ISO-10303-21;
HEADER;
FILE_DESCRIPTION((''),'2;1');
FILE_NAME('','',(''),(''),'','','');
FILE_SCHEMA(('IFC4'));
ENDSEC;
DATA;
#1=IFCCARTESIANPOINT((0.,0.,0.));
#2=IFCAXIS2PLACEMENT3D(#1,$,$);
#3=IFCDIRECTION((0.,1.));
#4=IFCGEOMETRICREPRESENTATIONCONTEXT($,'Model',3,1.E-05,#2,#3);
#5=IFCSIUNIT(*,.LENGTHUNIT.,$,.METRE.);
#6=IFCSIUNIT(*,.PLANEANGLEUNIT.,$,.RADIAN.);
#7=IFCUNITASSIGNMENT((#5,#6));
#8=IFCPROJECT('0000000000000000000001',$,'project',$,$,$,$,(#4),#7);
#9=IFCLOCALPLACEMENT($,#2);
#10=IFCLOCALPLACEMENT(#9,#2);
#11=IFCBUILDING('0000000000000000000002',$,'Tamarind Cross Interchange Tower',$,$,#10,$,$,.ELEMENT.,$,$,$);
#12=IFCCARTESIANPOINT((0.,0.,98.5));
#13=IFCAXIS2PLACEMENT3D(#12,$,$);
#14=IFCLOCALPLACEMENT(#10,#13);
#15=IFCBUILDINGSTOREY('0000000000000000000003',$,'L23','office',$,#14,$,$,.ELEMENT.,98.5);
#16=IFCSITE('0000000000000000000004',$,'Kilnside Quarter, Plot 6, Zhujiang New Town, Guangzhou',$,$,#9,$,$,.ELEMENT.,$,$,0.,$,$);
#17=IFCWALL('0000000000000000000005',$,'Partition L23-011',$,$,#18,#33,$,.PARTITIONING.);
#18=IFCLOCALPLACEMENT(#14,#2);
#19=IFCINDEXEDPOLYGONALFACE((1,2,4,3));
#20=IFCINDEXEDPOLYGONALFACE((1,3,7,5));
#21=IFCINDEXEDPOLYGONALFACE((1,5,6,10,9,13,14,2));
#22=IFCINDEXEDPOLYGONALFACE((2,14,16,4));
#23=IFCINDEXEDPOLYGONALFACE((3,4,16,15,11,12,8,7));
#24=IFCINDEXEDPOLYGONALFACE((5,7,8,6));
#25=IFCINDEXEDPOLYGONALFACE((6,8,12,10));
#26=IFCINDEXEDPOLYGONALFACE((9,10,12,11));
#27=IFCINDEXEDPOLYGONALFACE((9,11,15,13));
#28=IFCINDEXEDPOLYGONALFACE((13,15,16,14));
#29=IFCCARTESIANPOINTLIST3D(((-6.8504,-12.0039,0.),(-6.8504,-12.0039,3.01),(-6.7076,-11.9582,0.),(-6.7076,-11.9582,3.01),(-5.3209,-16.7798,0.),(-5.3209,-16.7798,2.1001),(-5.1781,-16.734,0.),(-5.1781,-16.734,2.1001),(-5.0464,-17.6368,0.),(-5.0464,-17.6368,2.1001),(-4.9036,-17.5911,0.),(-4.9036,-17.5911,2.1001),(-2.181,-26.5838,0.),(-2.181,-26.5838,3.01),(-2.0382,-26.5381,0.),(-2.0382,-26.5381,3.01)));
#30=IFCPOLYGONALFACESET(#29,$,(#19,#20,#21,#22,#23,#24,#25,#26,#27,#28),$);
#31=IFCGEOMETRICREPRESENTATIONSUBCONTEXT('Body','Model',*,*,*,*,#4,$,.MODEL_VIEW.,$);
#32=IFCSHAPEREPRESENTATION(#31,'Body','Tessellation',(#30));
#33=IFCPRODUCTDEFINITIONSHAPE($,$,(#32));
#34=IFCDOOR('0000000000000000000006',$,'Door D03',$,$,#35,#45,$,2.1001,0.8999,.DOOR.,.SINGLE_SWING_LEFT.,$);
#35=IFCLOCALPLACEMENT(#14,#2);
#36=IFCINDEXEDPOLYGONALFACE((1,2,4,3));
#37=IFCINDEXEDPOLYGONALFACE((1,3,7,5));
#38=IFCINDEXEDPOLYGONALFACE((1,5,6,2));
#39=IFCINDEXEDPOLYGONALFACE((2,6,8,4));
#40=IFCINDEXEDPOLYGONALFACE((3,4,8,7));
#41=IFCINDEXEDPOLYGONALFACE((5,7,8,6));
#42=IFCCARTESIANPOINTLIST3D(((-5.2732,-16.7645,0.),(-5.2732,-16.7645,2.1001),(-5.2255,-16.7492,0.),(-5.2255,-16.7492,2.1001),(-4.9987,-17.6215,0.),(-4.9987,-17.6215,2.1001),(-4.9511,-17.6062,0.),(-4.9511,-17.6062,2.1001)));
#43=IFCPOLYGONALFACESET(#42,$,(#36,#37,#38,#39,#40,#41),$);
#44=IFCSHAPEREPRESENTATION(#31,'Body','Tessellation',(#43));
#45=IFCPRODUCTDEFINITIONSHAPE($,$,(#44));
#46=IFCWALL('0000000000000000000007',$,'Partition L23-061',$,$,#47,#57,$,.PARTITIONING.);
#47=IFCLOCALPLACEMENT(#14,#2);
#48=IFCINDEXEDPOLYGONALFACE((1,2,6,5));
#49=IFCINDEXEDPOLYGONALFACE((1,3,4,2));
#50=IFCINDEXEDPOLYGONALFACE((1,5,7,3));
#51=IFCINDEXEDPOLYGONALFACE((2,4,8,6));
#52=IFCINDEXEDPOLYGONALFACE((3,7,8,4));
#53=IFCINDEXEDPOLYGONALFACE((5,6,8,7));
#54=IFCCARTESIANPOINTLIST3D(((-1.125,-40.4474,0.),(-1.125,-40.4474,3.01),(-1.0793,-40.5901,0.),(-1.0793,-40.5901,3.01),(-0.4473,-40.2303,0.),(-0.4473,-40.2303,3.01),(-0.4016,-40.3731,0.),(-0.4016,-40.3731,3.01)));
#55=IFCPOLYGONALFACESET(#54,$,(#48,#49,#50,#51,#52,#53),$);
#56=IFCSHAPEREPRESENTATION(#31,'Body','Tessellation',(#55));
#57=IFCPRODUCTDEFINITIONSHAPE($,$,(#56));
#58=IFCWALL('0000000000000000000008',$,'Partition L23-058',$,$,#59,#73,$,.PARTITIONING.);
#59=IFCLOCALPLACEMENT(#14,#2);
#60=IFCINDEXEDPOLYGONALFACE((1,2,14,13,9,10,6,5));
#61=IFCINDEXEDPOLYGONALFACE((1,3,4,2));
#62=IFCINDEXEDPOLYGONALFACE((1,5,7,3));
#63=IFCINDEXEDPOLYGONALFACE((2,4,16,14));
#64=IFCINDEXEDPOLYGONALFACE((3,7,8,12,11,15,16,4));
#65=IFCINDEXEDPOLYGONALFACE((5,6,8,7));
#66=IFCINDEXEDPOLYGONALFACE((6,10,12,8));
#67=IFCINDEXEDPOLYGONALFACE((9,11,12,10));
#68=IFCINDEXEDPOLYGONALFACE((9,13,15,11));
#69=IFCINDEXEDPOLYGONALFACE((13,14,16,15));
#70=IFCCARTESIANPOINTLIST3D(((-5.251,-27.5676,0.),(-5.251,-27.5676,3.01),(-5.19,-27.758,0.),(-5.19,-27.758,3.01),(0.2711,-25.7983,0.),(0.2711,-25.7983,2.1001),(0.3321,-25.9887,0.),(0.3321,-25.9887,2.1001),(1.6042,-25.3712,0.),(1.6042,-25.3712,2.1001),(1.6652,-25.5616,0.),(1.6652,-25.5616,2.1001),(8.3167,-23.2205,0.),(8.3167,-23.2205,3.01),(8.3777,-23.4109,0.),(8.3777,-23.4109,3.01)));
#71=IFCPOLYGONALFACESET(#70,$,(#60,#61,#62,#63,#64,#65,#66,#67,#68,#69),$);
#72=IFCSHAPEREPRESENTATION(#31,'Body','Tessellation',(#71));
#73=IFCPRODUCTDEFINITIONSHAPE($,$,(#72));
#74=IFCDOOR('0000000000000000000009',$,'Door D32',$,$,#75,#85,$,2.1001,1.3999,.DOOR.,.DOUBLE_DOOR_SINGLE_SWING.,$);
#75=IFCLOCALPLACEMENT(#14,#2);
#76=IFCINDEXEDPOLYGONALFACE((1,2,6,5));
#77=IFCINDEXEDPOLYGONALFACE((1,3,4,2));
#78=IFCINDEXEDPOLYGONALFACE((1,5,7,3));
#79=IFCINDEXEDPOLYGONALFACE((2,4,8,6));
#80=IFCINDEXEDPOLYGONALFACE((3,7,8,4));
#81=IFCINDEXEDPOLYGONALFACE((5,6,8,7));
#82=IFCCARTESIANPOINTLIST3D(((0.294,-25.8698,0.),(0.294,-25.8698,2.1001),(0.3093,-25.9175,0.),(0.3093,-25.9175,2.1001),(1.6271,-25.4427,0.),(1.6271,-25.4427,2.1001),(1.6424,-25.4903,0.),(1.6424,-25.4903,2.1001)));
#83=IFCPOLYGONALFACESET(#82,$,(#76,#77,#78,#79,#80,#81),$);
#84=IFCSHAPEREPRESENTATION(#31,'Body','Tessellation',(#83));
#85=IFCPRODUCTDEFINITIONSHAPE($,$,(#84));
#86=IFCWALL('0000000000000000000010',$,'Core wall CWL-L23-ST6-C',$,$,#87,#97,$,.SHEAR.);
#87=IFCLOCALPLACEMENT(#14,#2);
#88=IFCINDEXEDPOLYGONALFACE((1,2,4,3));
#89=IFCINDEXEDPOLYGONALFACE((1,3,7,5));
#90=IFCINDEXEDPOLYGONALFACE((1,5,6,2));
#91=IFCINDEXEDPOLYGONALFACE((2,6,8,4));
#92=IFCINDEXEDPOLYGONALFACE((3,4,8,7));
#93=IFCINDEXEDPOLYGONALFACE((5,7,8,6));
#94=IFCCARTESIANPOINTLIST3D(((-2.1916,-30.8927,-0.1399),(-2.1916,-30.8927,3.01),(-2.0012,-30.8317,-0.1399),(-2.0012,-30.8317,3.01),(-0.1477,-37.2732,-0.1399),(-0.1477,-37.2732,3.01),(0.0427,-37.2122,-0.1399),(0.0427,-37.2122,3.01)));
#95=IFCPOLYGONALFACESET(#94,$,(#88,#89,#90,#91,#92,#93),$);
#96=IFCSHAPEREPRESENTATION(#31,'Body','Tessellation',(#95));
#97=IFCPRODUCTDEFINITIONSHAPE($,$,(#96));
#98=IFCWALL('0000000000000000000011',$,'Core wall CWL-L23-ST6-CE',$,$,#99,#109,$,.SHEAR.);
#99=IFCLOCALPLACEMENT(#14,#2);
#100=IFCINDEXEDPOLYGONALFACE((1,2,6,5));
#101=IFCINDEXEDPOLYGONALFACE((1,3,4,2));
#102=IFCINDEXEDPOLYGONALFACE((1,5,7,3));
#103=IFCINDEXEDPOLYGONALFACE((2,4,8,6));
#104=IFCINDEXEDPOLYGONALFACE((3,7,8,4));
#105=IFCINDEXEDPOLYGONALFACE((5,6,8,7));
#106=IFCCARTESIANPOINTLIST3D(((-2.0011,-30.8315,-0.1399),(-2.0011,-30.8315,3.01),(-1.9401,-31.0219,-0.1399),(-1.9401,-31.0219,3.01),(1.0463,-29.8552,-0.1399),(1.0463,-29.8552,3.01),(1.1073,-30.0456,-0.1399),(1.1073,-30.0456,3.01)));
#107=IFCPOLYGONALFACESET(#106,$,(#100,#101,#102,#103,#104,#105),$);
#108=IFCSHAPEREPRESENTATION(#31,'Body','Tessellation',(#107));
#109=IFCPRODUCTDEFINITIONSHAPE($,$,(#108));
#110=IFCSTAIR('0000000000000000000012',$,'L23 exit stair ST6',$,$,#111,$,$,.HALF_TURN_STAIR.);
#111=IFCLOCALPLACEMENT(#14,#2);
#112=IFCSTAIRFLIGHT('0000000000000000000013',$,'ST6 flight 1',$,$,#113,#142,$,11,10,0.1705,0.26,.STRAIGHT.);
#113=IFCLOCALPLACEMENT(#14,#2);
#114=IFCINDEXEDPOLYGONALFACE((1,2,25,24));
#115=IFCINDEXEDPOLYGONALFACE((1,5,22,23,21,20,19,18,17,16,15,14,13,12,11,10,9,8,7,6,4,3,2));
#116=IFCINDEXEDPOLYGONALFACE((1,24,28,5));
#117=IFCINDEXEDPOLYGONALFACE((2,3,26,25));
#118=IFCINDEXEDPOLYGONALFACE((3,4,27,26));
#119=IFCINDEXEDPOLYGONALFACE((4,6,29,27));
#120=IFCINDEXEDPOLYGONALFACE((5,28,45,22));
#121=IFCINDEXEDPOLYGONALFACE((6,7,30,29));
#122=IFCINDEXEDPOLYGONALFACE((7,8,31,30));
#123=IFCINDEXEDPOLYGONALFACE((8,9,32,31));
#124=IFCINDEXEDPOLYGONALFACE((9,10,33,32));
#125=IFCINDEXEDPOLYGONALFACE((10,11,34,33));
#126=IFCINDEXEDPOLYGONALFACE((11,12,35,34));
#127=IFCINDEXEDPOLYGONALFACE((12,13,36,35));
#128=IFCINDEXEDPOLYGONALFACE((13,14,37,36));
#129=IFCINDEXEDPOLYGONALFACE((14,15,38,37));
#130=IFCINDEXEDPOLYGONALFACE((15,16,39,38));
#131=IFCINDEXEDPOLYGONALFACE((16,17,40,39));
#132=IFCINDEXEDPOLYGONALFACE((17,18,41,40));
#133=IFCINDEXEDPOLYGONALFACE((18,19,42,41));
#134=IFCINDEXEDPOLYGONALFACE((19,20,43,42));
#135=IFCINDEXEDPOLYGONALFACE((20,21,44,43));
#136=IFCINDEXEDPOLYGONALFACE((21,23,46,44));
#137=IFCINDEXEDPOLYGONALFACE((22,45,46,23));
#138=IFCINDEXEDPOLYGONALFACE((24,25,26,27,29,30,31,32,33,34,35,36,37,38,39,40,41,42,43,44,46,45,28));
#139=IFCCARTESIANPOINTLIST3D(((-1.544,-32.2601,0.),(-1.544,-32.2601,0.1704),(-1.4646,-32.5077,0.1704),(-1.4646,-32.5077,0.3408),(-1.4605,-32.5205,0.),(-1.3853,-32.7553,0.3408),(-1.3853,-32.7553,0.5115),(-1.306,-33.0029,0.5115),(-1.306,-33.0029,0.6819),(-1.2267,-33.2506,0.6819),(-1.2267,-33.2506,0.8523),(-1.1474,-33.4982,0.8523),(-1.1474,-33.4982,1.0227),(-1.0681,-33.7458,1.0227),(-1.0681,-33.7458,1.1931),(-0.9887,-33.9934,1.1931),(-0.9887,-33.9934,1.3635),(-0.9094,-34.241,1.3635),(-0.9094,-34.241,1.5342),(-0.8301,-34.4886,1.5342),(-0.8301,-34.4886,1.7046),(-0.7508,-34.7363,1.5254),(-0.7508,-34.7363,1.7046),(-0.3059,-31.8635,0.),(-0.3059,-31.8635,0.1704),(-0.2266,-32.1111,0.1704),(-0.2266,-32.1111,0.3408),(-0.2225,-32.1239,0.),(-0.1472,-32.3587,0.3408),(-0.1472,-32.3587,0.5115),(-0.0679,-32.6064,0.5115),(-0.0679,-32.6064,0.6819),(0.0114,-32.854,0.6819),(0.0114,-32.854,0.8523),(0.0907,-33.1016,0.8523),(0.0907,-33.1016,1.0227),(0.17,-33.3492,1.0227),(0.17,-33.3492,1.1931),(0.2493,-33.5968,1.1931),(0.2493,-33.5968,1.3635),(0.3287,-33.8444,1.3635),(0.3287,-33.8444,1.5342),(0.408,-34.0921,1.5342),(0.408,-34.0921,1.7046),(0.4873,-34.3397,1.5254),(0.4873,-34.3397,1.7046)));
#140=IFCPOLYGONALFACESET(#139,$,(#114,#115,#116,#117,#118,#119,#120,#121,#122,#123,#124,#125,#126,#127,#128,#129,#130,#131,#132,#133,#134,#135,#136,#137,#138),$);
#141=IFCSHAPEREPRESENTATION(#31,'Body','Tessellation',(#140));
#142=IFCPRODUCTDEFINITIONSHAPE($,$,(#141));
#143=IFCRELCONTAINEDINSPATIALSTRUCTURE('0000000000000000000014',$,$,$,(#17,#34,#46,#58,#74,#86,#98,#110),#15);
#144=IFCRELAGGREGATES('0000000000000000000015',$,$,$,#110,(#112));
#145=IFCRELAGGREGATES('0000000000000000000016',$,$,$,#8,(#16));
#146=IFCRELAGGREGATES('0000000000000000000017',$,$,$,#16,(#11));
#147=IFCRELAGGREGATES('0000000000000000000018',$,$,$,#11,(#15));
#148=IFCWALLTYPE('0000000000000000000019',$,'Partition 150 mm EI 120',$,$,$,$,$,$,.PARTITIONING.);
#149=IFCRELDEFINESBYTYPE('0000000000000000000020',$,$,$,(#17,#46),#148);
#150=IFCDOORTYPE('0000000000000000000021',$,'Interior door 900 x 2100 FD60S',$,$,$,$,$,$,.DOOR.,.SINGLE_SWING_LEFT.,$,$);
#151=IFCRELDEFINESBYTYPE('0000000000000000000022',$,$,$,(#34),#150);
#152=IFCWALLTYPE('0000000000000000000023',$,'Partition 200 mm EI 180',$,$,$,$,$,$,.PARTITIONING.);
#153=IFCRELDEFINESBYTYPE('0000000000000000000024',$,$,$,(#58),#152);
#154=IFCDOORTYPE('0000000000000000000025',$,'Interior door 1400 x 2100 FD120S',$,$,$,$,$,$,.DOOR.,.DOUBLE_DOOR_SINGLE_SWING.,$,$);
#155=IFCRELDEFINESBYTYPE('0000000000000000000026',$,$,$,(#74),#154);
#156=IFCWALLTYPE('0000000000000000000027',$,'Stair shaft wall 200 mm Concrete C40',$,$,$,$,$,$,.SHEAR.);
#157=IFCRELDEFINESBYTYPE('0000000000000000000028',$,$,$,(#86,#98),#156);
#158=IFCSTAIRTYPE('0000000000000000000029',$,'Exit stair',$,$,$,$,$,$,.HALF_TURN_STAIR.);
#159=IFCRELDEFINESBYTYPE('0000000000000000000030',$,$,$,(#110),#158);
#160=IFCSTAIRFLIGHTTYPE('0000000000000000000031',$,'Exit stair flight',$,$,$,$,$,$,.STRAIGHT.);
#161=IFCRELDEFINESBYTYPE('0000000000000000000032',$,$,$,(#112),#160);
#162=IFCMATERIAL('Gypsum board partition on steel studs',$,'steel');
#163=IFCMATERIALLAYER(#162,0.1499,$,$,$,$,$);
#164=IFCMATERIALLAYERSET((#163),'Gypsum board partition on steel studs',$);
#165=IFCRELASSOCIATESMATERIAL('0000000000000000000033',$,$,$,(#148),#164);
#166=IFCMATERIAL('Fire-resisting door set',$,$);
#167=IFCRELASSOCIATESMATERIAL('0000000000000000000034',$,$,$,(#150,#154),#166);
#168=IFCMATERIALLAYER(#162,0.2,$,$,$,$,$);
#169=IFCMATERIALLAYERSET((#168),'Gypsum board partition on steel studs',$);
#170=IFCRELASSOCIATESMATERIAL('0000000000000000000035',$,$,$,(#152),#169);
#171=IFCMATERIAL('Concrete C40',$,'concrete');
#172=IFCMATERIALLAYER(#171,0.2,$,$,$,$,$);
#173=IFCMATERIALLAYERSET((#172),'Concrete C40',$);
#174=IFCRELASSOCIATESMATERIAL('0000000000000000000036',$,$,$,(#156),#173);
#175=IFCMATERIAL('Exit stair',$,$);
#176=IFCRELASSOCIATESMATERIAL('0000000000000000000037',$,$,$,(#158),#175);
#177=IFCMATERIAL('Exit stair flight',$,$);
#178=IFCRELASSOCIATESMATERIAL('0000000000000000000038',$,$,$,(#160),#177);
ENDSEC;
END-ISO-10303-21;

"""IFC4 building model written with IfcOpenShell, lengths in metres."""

from ifc_helpers import new_model, si_unit, direction, frame, frame_2d, origin, place, context, subcontext, project, spatial, polyline, rectangle, outline, extrude, material, layer, layer_set, type_object, element, fill, aggregate, save


model = new_model("IFC4")

# Units and contexts
model_context = context("Model", 3, precision=1e-05, world=origin(), true_north=direction((0.0, 1.0)))
body_context = subcontext(model_context, "Body", "Model", "MODEL_VIEW")
ifc_project = project(units=[si_unit("LENGTHUNIT", "METRE"), si_unit("PLANEANGLEUNIT", "RADIAN")], contexts=[model_context])

# Site, building, storey
site_placement = place(None, origin())
site = spatial("IfcSite", under=ifc_project, at=site_placement, Name="Kilnside Quarter, Plot 6, Zhujiang New Town, Guangzhou", CompositionType="ELEMENT", RefElevation=0.0)
building_placement = place(site_placement, origin())
building = spatial("IfcBuilding", under=site, at=building_placement, Name="Tamarind Cross Interchange Tower", CompositionType="ELEMENT")
storey_placement = place(building_placement, frame((0.0, 0.0, 98.5)))
storey = spatial("IfcBuildingStorey", under=building, at=storey_placement, Name="L23", Description="office", CompositionType="ELEMENT", Elevation=98.5)

# Shared definitions
ifc_material_1 = material(Name="Gypsum board partition on steel studs", Category="steel")
ifc_layer_1 = layer(ifc_material_1, 0.1499)
ifc_layer_set_1 = layer_set([ifc_layer_1], Name="Gypsum board partition on steel studs")
wall_type_1 = type_object("IfcWallType", Name="Partition 150 mm EI 120", PredefinedType="PARTITIONING", material=ifc_layer_set_1)

# Wall, opening, door
wall_1_placement = place(storey_placement, frame((-6.7791, -11.981, 0.0), z_axis=(0.0, 0.0, 1.0), x_axis=(0.305006, -0.95235, 0.0)))
wall_1 = element("IfcWall", 1, at=wall_1_placement, inside=storey, type_object=wall_type_1, Name="Partition L23-011", PredefinedType="PARTITIONING", context=body_context, shape_type="SweptSolid", body=[
    extrude(rectangle(XDim=15.3093, YDim=0.1499, at=frame_2d((7.6548, 0.0))), origin(), (0.0, 0.0, 1.0), 3.01),
])
opening_1_placement = place(wall_1_placement, frame((5.0149, 0.0, 0.0)))
opening_1 = element("IfcOpeningElement", 2, at=opening_1_placement, cuts=wall_1, PredefinedType="OPENING", context=body_context, shape_type="SweptSolid", body=[
    extrude(rectangle(XDim=0.8999, YDim=2.1001, at=frame_2d((0.45, 1.05))), frame((0.0, 0.085, 0.0), z_axis=(0.0, -1.0, 0.0), x_axis=(1.0, 0.0, 0.0)), (0.0, 0.0, 1.0), 0.1699),
])
ifc_material_2 = material(Name="Fire-resisting door set")
door_type_1 = type_object("IfcDoorType", Name="Interior door 900 x 2100 FD60S", OperationType="SINGLE_SWING_LEFT", PredefinedType="DOOR", material=ifc_material_2)
door_1_placement = place(opening_1_placement, frame((0.8999, 0.0, 0.0), z_axis=(0.0, 0.0, 1.0), x_axis=(-1.0, 0.0, 0.0)))
door_1 = element("IfcDoor", 3, at=door_1_placement, inside=storey, type_object=door_type_1, Name="Door D03", OperationType="SINGLE_SWING_LEFT", OverallHeight=2.1001, OverallWidth=0.8999, PredefinedType="DOOR", context=body_context, shape_type="SweptSolid", body=[
    extrude(rectangle(XDim=0.8999, YDim=2.1001, at=frame_2d((0.45, 1.05))), frame((0.0, 0.0249, 0.0), z_axis=(0.0, -1.0, 0.0), x_axis=(1.0, 0.0, 0.0)), (0.0, 0.0, 1.0), 0.05),
])
fill(opening_1, door_1)

# Wall
wall_2_placement = place(storey_placement, frame((-1.1023, -40.5188, 0.0), z_axis=(0.0, 0.0, 1.0), x_axis=(0.952356, 0.304987, 0.0)))
element("IfcWall", 4, at=wall_2_placement, inside=storey, type_object=wall_type_1, Name="Partition L23-061", PredefinedType="PARTITIONING", context=body_context, shape_type="SweptSolid", body=[
    extrude(rectangle(XDim=0.7117, YDim=0.1499, at=frame_2d((0.356, 0.0))), origin(), (0.0, 0.0, 1.0), 3.01),
])

# Wall, opening, door
ifc_layer_2 = layer(ifc_material_1, 0.2)
ifc_layer_set_2 = layer_set([ifc_layer_2], Name="Gypsum board partition on steel studs")
wall_type_2 = type_object("IfcWallType", Name="Partition 200 mm EI 180", PredefinedType="PARTITIONING", material=ifc_layer_set_2)
wall_3_placement = place(storey_placement, frame((-5.2205, -27.6628, 0.0), z_axis=(0.0, 0.0, 1.0), x_axis=(0.952311, 0.305128, 0.0)))
wall_3 = element("IfcWall", 5, at=wall_3_placement, inside=storey, type_object=wall_type_2, Name="Partition L23-058", PredefinedType="PARTITIONING", context=body_context, shape_type="SweptSolid", body=[
    extrude(rectangle(XDim=14.2471, YDim=0.2, at=frame_2d((7.1235, 0.0))), origin(), (0.0, 0.0, 1.0), 3.01),
])
opening_2_placement = place(wall_3_placement, frame((5.7986, 0.0, 0.0)))
opening_2 = element("IfcOpeningElement", 6, at=opening_2_placement, cuts=wall_3, PredefinedType="OPENING", context=body_context, shape_type="SweptSolid", body=[
    extrude(rectangle(XDim=1.3999, YDim=2.1001, at=frame_2d((0.7, 1.05))), frame((0.0, 0.1099, 0.0), z_axis=(0.0, -1.0, 0.0), x_axis=(1.0, 0.0, 0.0)), (0.0, 0.0, 1.0), 0.22),
])
door_type_2 = type_object("IfcDoorType", Name="Interior door 1400 x 2100 FD120S", OperationType="DOUBLE_DOOR_SINGLE_SWING", PredefinedType="DOOR", material=ifc_material_2)
door_2_placement = place(opening_2_placement, origin())
door_2 = element("IfcDoor", 7, at=door_2_placement, inside=storey, type_object=door_type_2, Name="Door D32", OperationType="DOUBLE_DOOR_SINGLE_SWING", OverallHeight=2.1001, OverallWidth=1.3999, PredefinedType="DOOR", context=body_context, shape_type="SweptSolid", body=[
    extrude(rectangle(XDim=1.3999, YDim=2.1001, at=frame_2d((0.7, 1.05))), frame((0.0, 0.0249, 0.0), z_axis=(0.0, -1.0, 0.0), x_axis=(1.0, 0.0, 0.0)), (0.0, 0.0, 1.0), 0.05),
])
fill(opening_2, door_2)

# Walls
ifc_material_3 = material(Name="Concrete C40", Category="concrete")
ifc_layer_3 = layer(ifc_material_3, 0.2)
ifc_layer_set_3 = layer_set([ifc_layer_3], Name="Concrete C40")
wall_type_3 = type_object("IfcWallType", Name="Stair shaft wall 200 mm Concrete C40", PredefinedType="SHEAR", material=ifc_layer_set_3)
wall_4_placement = place(storey_placement, frame((-2.0964, -30.8621, -0.1399), z_axis=(0.0, 0.0, 1.0), x_axis=(0.305067, -0.952331, 0.0)))
element("IfcWall", 8, at=wall_4_placement, inside=storey, type_object=wall_type_3, Name="Core wall CWL-L23-ST6-C", PredefinedType="SHEAR", context=body_context, shape_type="SweptSolid", body=[
    extrude(rectangle(XDim=6.7, YDim=0.2, at=frame_2d((3.3501, 0.0))), origin(), (0.0, 0.0, 1.0), 3.1499),
])
wall_5_placement = place(storey_placement, frame((-1.9707, -30.9268, -0.1399), z_axis=(0.0, 0.0, 1.0), x_axis=(0.952319, 0.305105, 0.0)))
element("IfcWall", 9, at=wall_5_placement, inside=storey, type_object=wall_type_3, Name="Core wall CWL-L23-ST6-CE", PredefinedType="SHEAR", context=body_context, shape_type="SweptSolid", body=[
    extrude(rectangle(XDim=3.2, YDim=0.2, at=frame_2d((1.6001, 0.0))), origin(), (0.0, 0.0, 1.0), 3.1499),
])

# Stair, stair flight
ifc_material_4 = material(Name="Exit stair")
stair_type = type_object("IfcStairType", Name="Exit stair", PredefinedType="HALF_TURN_STAIR", material=ifc_material_4)
stair_placement = place(storey_placement, origin())
stair = element("IfcStair", 10, at=stair_placement, inside=storey, type_object=stair_type, Name="L23 exit stair ST6", PredefinedType="HALF_TURN_STAIR")
ifc_material_5 = material(Name="Exit stair flight")
stair_flight_type = type_object("IfcStairFlightType", Name="Exit stair flight", PredefinedType="STRAIGHT", material=ifc_material_5)
stair_flight_placement = place(storey_placement, frame((-0.9248, -32.0618, 0.0), z_axis=(0.0, 0.0, 1.0), x_axis=(0.305057, -0.952334, 0.0)))
stair_flight = element("IfcStairFlight", 11, at=stair_flight_placement, type_object=stair_flight_type, Name="ST6 flight 1", NumberOfRisers=11, NumberOfTreads=10, PredefinedType="STRAIGHT", RiserHeight=0.1705, TreadLength=0.26, context=body_context, shape_type="SweptSolid", body=[
    extrude(outline(polyline([(0.0, 0.0), (0.0, 0.1704), (0.26, 0.1704), (0.26, 0.3408), (0.52, 0.3408), (0.52, 0.5115), (0.78, 0.5115), (0.78, 0.6819), (1.04, 0.6819), (1.04, 0.8523), (1.3, 0.8523), (1.3, 1.0227), (1.5601, 1.0227), (1.5601, 1.1931), (1.8201, 1.1931), (1.8201, 1.3635), (2.0801, 1.3635), (2.0801, 1.5342), (2.3401, 1.5342), (2.3401, 1.7046), (2.6001, 1.7046), (2.6001, 1.875), (2.6001, 1.5254), (0.2734, 0.0), (0.0, 0.0)])), frame((0.0, 0.6499, 0.0), z_axis=(0.0, -1.0, 0.0), x_axis=(1.0, 0.0, 0.0)), (0.0, 0.0, 1.0), 1.3),
])
aggregate(stair, [stair_flight])

save(model, "model.ifc")
